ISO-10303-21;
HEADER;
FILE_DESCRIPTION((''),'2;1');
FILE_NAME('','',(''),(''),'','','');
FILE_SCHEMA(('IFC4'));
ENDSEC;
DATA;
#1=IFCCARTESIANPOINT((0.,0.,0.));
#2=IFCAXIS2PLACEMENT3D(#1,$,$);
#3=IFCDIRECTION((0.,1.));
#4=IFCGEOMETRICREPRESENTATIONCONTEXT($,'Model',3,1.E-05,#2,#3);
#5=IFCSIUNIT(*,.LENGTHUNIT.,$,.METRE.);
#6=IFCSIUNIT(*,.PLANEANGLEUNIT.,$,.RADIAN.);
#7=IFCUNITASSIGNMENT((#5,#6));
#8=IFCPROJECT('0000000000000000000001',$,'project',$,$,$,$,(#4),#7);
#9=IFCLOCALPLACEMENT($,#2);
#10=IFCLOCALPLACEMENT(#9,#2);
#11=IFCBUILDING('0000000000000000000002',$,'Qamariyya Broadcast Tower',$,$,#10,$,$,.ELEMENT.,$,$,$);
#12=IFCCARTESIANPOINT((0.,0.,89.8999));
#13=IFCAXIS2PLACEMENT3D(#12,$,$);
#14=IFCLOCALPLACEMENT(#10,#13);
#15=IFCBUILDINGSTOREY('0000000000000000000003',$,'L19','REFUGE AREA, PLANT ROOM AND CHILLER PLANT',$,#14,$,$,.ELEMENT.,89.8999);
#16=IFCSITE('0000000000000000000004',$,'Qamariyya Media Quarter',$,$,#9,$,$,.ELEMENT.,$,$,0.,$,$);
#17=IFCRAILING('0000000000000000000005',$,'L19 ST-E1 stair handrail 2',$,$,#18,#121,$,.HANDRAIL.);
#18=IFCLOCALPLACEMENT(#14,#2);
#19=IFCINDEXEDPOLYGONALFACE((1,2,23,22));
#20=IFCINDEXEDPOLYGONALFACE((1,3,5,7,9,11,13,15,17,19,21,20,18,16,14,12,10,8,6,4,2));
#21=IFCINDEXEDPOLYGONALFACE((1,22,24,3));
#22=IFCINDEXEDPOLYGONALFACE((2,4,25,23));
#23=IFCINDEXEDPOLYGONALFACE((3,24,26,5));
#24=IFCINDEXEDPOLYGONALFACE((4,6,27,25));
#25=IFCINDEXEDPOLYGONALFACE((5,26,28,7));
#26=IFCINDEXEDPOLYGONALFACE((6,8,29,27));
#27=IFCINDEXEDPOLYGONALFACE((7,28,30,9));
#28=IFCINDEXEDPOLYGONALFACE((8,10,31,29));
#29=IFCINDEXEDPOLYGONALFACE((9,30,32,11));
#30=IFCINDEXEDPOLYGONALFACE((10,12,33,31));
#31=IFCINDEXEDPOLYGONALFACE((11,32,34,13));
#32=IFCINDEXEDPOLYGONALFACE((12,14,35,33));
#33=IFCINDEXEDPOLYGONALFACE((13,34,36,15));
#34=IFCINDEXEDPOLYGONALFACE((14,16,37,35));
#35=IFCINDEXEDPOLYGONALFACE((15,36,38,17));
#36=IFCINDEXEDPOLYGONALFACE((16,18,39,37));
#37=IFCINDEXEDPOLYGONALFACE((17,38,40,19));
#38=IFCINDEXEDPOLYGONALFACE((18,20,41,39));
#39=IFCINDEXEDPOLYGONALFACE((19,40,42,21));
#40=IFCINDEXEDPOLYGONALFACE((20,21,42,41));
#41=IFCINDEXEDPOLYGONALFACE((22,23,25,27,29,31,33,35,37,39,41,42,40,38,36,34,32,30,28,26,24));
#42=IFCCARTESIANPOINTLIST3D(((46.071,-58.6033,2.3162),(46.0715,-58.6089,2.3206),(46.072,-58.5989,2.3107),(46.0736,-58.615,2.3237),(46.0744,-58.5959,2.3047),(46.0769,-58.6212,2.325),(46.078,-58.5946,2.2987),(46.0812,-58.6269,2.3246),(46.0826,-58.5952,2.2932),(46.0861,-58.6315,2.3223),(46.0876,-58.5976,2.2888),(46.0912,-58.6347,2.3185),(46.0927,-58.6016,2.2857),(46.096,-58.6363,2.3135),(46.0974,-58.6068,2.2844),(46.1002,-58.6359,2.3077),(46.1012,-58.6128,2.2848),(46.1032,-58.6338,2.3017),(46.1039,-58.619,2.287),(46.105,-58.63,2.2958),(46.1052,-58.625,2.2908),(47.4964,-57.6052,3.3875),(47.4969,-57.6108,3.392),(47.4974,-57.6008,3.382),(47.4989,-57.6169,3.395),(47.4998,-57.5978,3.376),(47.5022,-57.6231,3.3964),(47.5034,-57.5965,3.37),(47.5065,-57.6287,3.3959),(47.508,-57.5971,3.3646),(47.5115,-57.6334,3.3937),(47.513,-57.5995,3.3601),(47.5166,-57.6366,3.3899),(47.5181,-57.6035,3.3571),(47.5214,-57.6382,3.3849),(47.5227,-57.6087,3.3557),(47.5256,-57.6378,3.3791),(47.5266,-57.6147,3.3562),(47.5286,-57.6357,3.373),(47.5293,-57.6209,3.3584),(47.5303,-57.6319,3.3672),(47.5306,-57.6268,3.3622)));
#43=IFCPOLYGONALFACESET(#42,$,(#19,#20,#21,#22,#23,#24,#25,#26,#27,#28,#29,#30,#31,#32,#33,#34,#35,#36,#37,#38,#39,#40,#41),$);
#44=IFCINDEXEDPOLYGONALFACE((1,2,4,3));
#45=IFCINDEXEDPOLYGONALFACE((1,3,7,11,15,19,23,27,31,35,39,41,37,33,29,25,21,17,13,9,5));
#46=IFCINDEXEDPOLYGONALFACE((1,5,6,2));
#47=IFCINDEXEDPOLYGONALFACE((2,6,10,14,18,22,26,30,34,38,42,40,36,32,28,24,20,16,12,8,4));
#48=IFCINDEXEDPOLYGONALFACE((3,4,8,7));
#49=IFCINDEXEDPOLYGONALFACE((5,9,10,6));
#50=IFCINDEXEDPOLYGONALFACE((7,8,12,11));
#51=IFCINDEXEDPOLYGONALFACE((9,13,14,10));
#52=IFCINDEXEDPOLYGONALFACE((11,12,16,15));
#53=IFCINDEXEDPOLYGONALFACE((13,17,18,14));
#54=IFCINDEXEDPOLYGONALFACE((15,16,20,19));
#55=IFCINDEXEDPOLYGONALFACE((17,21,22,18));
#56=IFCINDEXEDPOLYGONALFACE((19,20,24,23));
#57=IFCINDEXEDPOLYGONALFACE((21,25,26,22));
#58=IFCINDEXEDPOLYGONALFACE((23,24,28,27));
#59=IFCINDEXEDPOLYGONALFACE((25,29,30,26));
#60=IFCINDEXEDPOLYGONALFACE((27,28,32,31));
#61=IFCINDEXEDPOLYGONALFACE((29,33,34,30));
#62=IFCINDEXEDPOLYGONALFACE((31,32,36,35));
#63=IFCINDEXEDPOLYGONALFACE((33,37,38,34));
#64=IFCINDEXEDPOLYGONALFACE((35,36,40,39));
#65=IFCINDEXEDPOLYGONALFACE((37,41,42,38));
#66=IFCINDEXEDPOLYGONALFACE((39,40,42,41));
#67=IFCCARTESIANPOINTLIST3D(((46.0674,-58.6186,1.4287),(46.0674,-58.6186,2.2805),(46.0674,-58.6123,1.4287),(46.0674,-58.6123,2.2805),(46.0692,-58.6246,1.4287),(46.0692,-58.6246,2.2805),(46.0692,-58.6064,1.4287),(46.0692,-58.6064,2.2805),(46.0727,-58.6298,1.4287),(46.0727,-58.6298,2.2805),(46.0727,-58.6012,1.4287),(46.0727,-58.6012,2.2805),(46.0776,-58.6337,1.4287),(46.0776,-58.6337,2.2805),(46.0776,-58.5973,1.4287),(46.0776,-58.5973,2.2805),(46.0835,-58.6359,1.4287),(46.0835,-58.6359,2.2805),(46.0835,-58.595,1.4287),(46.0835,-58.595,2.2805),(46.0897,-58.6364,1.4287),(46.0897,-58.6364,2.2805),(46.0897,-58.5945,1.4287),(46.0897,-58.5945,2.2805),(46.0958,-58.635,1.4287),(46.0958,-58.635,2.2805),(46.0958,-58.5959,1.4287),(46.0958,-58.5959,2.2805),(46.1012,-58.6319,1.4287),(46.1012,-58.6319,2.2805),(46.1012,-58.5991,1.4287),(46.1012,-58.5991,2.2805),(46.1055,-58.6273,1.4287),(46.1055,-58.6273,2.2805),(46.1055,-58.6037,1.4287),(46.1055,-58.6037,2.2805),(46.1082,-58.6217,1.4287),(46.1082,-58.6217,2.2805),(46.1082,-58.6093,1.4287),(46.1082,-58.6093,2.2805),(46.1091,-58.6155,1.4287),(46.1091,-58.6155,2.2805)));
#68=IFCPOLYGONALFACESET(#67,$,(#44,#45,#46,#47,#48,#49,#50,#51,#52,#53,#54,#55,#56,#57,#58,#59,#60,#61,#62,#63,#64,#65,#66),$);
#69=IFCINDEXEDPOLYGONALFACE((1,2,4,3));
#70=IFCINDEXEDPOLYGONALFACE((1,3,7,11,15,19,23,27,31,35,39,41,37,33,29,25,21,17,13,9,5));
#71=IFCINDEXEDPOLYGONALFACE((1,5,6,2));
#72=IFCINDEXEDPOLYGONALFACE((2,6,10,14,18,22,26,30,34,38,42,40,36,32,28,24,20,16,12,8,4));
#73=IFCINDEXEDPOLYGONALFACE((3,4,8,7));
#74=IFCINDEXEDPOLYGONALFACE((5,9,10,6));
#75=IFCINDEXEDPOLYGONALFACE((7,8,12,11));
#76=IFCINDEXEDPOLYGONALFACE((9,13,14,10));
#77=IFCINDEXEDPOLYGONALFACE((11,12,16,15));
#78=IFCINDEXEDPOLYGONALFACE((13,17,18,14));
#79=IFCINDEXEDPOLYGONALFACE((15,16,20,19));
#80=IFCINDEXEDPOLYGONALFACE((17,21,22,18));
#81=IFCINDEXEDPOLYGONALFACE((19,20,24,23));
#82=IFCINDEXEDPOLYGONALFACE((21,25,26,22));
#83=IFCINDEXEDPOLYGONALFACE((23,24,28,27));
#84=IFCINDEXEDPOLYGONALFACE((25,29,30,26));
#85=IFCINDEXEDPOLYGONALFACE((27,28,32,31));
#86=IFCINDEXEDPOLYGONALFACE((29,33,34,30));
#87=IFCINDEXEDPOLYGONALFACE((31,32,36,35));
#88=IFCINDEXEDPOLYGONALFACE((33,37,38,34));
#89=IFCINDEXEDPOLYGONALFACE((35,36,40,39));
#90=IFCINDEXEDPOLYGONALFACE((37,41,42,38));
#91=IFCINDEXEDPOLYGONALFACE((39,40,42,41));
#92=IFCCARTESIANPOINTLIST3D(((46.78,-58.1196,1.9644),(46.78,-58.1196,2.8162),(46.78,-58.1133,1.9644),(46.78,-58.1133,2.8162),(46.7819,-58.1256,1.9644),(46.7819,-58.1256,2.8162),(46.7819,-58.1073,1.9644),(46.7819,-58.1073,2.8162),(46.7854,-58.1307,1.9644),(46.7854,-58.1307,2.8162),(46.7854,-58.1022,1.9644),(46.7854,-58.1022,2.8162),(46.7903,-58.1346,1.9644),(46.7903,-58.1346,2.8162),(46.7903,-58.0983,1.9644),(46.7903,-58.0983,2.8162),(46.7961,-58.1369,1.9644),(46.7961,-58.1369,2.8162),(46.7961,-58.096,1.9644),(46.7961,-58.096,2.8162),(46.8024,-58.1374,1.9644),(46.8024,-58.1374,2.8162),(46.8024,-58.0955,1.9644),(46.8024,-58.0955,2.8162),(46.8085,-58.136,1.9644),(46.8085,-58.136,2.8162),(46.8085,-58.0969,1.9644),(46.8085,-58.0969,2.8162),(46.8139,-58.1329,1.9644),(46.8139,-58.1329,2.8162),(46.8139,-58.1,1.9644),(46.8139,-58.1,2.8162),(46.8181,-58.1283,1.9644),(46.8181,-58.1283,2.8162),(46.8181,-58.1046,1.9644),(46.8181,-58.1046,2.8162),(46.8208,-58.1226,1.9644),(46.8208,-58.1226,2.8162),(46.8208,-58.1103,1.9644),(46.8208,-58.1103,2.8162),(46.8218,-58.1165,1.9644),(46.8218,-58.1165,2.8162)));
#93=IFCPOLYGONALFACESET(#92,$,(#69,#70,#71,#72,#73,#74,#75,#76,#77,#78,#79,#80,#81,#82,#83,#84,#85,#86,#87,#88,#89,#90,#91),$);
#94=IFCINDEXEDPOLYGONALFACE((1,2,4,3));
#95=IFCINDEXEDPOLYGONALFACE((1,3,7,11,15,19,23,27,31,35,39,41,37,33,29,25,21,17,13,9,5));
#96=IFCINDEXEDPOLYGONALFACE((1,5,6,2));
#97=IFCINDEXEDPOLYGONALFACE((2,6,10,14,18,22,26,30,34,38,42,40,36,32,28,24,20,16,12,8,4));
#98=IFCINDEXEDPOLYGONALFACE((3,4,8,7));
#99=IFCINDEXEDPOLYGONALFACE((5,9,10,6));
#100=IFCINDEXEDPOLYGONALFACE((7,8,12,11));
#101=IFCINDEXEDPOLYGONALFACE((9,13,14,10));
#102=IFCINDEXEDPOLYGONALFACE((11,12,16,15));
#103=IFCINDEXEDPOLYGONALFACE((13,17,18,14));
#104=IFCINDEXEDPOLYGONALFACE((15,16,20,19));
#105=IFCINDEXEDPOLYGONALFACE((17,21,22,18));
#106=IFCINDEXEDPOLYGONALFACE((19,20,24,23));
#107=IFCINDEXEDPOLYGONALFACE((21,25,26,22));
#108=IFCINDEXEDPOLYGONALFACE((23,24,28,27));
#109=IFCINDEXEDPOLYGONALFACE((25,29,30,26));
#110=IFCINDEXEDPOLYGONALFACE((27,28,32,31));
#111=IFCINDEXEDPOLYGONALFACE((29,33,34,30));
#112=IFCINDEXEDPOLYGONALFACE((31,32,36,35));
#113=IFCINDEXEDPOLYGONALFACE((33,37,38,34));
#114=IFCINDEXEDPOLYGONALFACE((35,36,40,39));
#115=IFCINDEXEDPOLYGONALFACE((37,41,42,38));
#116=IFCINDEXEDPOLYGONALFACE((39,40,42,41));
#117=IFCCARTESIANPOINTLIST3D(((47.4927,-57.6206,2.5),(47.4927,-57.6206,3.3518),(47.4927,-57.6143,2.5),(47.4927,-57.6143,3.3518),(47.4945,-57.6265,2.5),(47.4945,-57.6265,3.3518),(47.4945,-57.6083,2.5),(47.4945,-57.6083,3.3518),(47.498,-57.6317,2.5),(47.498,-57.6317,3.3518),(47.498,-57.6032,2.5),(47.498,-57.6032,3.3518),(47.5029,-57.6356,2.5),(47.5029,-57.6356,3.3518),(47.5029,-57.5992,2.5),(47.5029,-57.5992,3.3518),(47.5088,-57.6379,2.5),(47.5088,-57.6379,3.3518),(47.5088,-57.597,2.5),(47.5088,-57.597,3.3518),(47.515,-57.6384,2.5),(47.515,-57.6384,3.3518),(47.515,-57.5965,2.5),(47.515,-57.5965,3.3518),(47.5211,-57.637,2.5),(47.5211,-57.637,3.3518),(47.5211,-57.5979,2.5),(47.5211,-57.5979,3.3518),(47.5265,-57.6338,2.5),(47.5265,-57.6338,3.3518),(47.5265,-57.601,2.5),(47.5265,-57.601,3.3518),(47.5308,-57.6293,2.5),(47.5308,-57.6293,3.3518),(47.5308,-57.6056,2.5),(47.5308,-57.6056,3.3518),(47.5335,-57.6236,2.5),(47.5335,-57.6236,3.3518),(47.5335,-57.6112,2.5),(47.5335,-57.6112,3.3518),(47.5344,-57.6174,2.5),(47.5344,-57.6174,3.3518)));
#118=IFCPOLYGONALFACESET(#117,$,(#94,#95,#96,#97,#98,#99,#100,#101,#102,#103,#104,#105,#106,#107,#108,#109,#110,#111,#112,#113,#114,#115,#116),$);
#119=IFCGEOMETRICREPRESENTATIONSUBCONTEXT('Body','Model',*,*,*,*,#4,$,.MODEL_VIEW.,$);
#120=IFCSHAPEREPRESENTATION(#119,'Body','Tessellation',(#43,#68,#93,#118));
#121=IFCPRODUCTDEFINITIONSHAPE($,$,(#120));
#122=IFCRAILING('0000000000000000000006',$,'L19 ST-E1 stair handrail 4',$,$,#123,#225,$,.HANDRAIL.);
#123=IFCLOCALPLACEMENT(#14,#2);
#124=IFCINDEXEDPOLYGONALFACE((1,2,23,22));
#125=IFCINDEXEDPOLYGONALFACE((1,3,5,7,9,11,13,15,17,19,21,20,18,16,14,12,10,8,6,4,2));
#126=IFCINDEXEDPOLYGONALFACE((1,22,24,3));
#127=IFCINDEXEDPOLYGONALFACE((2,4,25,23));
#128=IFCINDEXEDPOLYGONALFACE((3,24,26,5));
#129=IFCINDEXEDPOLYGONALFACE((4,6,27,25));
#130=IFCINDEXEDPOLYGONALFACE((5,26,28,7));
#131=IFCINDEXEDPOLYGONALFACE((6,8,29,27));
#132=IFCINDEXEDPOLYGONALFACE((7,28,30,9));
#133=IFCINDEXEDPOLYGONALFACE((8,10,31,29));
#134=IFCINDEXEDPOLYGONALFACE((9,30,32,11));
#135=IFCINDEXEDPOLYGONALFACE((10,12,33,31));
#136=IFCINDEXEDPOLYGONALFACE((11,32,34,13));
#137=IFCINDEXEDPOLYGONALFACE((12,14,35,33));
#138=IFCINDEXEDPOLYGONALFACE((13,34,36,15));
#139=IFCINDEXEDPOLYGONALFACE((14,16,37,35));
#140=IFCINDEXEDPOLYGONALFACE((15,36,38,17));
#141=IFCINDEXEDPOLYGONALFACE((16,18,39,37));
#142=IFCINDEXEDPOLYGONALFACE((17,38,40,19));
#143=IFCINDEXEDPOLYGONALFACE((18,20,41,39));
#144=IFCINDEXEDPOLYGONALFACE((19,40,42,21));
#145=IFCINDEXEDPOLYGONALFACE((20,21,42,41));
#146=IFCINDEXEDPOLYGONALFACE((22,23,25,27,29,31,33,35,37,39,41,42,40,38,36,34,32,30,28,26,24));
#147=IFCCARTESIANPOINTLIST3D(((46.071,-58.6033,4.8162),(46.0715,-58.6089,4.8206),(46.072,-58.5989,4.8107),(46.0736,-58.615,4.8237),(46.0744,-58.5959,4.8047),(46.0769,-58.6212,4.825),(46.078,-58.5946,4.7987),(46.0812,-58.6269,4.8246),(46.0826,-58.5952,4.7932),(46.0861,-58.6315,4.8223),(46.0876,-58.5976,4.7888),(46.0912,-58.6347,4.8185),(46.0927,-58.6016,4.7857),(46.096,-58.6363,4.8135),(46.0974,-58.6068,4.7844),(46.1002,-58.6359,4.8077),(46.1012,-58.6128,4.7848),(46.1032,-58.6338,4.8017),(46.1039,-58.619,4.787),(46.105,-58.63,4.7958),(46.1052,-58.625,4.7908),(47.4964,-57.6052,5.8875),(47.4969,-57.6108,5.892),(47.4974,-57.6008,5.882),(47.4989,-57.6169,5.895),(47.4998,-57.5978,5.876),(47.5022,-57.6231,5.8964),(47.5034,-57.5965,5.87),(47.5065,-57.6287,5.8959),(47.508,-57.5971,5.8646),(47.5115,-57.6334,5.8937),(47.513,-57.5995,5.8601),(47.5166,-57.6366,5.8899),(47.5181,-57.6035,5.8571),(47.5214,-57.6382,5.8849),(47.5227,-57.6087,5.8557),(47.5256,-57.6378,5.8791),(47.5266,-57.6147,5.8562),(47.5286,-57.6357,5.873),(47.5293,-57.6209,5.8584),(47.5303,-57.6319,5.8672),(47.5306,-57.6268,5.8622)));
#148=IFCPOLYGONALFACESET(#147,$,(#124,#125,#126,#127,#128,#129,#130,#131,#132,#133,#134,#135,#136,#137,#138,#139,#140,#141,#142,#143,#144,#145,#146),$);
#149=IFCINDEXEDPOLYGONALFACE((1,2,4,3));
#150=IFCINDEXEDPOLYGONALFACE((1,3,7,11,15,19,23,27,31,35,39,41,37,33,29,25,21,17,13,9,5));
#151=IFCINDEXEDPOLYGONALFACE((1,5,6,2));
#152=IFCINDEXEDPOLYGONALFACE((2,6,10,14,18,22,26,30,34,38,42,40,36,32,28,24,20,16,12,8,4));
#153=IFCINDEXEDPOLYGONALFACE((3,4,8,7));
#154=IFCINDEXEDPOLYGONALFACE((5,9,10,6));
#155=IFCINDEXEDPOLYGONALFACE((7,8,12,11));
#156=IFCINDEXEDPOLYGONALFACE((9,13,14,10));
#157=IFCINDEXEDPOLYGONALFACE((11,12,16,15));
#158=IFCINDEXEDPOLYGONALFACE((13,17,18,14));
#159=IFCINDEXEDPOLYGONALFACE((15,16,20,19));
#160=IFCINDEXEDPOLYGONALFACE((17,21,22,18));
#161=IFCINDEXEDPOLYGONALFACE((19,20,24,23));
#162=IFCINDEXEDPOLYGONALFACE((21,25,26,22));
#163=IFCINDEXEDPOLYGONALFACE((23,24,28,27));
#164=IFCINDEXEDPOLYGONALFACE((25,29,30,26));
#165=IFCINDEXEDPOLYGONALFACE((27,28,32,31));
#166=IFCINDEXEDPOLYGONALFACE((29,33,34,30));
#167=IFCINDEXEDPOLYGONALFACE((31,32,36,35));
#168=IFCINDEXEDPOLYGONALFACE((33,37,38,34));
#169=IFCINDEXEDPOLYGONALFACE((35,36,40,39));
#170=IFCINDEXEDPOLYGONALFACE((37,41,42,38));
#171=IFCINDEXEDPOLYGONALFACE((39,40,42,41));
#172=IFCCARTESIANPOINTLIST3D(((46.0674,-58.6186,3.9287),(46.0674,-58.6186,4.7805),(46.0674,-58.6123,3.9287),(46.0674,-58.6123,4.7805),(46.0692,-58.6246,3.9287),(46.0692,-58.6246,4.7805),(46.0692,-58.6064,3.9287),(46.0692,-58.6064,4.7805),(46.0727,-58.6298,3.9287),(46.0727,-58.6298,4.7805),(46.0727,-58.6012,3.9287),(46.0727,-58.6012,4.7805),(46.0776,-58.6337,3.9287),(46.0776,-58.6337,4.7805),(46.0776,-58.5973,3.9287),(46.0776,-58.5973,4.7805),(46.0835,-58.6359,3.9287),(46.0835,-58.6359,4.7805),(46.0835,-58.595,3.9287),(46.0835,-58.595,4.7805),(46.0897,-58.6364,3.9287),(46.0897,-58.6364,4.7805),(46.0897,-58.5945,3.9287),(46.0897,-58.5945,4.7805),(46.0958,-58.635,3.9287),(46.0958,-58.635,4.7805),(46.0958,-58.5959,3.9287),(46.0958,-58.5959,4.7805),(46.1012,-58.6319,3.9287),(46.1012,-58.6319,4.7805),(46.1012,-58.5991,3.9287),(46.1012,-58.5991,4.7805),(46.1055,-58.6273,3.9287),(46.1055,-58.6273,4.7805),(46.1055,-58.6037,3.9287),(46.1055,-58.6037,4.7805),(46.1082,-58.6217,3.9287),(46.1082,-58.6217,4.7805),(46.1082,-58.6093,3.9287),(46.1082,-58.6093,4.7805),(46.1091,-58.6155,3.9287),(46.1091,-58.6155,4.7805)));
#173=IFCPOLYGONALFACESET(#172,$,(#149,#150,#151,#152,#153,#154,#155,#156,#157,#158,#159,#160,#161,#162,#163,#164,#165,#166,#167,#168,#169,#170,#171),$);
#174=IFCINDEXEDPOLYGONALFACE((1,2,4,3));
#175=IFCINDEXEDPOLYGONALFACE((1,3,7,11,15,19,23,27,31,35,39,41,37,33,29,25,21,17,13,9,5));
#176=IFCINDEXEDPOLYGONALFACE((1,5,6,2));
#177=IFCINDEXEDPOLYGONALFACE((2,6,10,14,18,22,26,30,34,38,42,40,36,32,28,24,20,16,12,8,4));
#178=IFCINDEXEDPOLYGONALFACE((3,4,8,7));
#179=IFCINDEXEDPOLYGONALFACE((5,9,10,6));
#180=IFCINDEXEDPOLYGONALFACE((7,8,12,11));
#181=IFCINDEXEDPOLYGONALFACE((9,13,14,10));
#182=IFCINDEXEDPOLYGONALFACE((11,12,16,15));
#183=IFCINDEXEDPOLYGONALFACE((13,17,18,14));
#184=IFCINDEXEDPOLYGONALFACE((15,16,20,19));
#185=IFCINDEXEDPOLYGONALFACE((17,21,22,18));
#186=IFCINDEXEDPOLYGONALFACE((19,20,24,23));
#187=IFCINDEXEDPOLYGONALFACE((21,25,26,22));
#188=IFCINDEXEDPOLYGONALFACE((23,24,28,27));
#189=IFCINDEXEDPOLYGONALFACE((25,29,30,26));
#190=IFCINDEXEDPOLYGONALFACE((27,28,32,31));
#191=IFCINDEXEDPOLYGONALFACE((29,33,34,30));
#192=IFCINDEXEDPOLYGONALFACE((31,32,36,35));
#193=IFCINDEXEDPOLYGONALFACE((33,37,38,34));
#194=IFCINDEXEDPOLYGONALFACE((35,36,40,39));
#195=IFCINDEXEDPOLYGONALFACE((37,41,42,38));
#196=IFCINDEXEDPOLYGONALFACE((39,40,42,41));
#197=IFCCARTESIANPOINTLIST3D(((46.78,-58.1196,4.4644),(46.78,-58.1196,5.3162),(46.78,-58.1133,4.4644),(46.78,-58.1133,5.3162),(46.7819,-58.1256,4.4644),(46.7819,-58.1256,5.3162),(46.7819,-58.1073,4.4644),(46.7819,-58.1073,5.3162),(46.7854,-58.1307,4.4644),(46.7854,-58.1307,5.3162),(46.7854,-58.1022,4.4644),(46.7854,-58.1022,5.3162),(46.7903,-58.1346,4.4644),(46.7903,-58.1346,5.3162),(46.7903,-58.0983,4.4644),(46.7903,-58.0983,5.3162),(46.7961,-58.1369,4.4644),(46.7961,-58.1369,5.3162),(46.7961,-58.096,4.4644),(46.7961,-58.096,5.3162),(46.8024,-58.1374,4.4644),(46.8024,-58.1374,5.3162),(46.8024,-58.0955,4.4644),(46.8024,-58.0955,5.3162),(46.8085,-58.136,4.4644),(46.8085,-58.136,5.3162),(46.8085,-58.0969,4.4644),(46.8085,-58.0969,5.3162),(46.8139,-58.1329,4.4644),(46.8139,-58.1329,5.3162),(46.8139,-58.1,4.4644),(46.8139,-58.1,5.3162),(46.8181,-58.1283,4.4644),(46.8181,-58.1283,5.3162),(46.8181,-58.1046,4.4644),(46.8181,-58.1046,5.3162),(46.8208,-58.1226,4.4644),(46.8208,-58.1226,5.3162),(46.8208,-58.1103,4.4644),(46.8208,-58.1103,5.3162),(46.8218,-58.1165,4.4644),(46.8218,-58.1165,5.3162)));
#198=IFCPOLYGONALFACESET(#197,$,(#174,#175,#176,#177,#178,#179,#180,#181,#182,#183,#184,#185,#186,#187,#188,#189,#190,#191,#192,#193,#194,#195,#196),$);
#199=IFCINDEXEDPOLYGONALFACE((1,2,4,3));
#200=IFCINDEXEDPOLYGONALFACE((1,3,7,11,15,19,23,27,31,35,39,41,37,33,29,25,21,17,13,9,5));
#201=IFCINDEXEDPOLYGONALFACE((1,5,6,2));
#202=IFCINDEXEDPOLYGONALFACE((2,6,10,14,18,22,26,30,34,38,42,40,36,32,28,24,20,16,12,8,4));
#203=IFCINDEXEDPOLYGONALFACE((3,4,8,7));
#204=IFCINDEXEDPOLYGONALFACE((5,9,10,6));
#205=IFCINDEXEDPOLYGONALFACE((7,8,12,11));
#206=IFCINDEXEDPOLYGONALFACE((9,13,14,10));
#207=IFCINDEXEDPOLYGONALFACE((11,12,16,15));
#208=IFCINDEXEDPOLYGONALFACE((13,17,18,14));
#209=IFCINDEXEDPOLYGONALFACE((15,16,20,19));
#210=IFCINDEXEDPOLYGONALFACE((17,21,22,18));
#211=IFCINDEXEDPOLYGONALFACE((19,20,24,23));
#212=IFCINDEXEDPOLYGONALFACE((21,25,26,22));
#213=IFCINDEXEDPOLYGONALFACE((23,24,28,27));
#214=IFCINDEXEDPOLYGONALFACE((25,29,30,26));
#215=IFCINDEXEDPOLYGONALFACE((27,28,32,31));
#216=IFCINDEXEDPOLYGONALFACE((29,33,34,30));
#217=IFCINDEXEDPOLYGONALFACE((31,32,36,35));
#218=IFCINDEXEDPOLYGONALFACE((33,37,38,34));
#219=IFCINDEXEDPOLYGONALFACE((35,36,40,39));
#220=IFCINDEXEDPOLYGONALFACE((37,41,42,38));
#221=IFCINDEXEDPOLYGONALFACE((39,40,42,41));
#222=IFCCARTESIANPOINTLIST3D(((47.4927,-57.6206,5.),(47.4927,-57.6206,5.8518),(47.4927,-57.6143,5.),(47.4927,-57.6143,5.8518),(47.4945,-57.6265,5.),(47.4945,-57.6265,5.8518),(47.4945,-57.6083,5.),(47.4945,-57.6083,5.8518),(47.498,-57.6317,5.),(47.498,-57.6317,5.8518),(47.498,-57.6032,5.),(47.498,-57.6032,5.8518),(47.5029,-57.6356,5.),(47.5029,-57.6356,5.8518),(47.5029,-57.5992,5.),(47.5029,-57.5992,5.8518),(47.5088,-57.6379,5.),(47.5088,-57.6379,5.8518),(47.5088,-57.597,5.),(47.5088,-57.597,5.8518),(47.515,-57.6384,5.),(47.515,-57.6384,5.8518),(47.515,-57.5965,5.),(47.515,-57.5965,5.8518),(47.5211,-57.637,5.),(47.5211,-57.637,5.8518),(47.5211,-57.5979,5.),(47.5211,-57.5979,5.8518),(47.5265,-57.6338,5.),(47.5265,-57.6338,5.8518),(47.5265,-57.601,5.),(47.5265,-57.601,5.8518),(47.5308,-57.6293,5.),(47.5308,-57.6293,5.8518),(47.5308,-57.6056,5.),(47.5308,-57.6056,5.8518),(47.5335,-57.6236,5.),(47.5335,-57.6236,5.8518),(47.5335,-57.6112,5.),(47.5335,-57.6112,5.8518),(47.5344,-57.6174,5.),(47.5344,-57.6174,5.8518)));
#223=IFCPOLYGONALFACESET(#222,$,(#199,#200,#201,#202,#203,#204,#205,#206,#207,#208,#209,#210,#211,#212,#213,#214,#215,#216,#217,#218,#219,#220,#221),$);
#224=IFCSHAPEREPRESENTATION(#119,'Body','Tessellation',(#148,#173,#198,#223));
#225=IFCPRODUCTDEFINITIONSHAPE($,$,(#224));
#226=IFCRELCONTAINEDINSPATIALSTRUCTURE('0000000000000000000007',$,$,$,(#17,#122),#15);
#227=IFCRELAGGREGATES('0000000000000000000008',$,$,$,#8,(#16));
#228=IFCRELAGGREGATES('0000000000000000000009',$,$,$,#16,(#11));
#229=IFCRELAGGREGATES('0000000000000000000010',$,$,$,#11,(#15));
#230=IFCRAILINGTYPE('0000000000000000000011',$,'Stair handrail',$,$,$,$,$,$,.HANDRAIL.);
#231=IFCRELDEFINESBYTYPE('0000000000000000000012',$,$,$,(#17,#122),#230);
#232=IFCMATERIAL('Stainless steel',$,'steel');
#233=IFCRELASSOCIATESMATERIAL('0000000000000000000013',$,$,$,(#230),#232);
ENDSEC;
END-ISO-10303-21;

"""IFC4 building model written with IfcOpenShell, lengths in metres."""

from ifc_helpers import new_model, si_unit, direction, frame, origin, origin_2d, place, context, subcontext, project, spatial, circle, extrude, material, type_object, element, save


model = new_model("IFC4")

# Units and contexts
model_context = context("Model", 3, precision=1e-05, world=origin(), true_north=direction((0.0, 1.0)))
body_context = subcontext(model_context, "Body", "Model", "MODEL_VIEW")
ifc_project = project(units=[si_unit("LENGTHUNIT", "METRE"), si_unit("PLANEANGLEUNIT", "RADIAN")], contexts=[model_context])

# Site, building, storey
site_placement = place(None, origin())
site = spatial("IfcSite", under=ifc_project, at=site_placement, Name="Qamariyya Media Quarter", CompositionType="ELEMENT", RefElevation=0.0)
building_placement = place(site_placement, origin())
building = spatial("IfcBuilding", under=site, at=building_placement, Name="Qamariyya Broadcast Tower", CompositionType="ELEMENT")
storey_placement = place(building_placement, frame((0.0, 0.0, 89.8999)))
storey = spatial("IfcBuildingStorey", under=building, at=storey_placement, Name="L19", Description="REFUGE AREA, PLANT ROOM AND CHILLER PLANT", CompositionType="ELEMENT", Elevation=89.8999)

# Railings
ifc_material_1 = material(Name="Stainless steel", Category="steel")
railing_type_1 = type_object("IfcRailingType", Name="Stair handrail", PredefinedType="HANDRAIL", material=ifc_material_1)
for number, where, name in (
    (1, (46.0881, -58.6155, 1.4287), "L19 ST-E1 stair handrail 2"),
    (2, (46.0881, -58.6155, 3.9287), "L19 ST-E1 stair handrail 4"),
):
    element("IfcRailing", number, at=place(storey_placement, frame(where)), inside=storey, type_object=railing_type_1, Name=name, PredefinedType="HANDRAIL", context=body_context, shape_type="SweptSolid", body=[
        extrude(circle(Radius=0.0239, at=origin_2d()), frame((0.0, 0.0, 0.876), z_axis=(0.697533, 0.48844, 0.524285), x_axis=(-0.573594, 0.81914, 0.0)), (0.0, 0.0, 1.0), 2.0435),
        extrude(circle(Radius=0.021, at=origin_2d()), origin(), (0.0, 0.0, 1.0), 0.8518),
        extrude(circle(Radius=0.021, at=origin_2d()), frame((0.7126, 0.499, 0.5356)), (0.0, 0.0, 1.0), 0.8518),
        extrude(circle(Radius=0.021, at=origin_2d()), frame((1.4253, 0.998, 1.0713)), (0.0, 0.0, 1.0), 0.8518),
    ])

save(model, "model.ifc")
